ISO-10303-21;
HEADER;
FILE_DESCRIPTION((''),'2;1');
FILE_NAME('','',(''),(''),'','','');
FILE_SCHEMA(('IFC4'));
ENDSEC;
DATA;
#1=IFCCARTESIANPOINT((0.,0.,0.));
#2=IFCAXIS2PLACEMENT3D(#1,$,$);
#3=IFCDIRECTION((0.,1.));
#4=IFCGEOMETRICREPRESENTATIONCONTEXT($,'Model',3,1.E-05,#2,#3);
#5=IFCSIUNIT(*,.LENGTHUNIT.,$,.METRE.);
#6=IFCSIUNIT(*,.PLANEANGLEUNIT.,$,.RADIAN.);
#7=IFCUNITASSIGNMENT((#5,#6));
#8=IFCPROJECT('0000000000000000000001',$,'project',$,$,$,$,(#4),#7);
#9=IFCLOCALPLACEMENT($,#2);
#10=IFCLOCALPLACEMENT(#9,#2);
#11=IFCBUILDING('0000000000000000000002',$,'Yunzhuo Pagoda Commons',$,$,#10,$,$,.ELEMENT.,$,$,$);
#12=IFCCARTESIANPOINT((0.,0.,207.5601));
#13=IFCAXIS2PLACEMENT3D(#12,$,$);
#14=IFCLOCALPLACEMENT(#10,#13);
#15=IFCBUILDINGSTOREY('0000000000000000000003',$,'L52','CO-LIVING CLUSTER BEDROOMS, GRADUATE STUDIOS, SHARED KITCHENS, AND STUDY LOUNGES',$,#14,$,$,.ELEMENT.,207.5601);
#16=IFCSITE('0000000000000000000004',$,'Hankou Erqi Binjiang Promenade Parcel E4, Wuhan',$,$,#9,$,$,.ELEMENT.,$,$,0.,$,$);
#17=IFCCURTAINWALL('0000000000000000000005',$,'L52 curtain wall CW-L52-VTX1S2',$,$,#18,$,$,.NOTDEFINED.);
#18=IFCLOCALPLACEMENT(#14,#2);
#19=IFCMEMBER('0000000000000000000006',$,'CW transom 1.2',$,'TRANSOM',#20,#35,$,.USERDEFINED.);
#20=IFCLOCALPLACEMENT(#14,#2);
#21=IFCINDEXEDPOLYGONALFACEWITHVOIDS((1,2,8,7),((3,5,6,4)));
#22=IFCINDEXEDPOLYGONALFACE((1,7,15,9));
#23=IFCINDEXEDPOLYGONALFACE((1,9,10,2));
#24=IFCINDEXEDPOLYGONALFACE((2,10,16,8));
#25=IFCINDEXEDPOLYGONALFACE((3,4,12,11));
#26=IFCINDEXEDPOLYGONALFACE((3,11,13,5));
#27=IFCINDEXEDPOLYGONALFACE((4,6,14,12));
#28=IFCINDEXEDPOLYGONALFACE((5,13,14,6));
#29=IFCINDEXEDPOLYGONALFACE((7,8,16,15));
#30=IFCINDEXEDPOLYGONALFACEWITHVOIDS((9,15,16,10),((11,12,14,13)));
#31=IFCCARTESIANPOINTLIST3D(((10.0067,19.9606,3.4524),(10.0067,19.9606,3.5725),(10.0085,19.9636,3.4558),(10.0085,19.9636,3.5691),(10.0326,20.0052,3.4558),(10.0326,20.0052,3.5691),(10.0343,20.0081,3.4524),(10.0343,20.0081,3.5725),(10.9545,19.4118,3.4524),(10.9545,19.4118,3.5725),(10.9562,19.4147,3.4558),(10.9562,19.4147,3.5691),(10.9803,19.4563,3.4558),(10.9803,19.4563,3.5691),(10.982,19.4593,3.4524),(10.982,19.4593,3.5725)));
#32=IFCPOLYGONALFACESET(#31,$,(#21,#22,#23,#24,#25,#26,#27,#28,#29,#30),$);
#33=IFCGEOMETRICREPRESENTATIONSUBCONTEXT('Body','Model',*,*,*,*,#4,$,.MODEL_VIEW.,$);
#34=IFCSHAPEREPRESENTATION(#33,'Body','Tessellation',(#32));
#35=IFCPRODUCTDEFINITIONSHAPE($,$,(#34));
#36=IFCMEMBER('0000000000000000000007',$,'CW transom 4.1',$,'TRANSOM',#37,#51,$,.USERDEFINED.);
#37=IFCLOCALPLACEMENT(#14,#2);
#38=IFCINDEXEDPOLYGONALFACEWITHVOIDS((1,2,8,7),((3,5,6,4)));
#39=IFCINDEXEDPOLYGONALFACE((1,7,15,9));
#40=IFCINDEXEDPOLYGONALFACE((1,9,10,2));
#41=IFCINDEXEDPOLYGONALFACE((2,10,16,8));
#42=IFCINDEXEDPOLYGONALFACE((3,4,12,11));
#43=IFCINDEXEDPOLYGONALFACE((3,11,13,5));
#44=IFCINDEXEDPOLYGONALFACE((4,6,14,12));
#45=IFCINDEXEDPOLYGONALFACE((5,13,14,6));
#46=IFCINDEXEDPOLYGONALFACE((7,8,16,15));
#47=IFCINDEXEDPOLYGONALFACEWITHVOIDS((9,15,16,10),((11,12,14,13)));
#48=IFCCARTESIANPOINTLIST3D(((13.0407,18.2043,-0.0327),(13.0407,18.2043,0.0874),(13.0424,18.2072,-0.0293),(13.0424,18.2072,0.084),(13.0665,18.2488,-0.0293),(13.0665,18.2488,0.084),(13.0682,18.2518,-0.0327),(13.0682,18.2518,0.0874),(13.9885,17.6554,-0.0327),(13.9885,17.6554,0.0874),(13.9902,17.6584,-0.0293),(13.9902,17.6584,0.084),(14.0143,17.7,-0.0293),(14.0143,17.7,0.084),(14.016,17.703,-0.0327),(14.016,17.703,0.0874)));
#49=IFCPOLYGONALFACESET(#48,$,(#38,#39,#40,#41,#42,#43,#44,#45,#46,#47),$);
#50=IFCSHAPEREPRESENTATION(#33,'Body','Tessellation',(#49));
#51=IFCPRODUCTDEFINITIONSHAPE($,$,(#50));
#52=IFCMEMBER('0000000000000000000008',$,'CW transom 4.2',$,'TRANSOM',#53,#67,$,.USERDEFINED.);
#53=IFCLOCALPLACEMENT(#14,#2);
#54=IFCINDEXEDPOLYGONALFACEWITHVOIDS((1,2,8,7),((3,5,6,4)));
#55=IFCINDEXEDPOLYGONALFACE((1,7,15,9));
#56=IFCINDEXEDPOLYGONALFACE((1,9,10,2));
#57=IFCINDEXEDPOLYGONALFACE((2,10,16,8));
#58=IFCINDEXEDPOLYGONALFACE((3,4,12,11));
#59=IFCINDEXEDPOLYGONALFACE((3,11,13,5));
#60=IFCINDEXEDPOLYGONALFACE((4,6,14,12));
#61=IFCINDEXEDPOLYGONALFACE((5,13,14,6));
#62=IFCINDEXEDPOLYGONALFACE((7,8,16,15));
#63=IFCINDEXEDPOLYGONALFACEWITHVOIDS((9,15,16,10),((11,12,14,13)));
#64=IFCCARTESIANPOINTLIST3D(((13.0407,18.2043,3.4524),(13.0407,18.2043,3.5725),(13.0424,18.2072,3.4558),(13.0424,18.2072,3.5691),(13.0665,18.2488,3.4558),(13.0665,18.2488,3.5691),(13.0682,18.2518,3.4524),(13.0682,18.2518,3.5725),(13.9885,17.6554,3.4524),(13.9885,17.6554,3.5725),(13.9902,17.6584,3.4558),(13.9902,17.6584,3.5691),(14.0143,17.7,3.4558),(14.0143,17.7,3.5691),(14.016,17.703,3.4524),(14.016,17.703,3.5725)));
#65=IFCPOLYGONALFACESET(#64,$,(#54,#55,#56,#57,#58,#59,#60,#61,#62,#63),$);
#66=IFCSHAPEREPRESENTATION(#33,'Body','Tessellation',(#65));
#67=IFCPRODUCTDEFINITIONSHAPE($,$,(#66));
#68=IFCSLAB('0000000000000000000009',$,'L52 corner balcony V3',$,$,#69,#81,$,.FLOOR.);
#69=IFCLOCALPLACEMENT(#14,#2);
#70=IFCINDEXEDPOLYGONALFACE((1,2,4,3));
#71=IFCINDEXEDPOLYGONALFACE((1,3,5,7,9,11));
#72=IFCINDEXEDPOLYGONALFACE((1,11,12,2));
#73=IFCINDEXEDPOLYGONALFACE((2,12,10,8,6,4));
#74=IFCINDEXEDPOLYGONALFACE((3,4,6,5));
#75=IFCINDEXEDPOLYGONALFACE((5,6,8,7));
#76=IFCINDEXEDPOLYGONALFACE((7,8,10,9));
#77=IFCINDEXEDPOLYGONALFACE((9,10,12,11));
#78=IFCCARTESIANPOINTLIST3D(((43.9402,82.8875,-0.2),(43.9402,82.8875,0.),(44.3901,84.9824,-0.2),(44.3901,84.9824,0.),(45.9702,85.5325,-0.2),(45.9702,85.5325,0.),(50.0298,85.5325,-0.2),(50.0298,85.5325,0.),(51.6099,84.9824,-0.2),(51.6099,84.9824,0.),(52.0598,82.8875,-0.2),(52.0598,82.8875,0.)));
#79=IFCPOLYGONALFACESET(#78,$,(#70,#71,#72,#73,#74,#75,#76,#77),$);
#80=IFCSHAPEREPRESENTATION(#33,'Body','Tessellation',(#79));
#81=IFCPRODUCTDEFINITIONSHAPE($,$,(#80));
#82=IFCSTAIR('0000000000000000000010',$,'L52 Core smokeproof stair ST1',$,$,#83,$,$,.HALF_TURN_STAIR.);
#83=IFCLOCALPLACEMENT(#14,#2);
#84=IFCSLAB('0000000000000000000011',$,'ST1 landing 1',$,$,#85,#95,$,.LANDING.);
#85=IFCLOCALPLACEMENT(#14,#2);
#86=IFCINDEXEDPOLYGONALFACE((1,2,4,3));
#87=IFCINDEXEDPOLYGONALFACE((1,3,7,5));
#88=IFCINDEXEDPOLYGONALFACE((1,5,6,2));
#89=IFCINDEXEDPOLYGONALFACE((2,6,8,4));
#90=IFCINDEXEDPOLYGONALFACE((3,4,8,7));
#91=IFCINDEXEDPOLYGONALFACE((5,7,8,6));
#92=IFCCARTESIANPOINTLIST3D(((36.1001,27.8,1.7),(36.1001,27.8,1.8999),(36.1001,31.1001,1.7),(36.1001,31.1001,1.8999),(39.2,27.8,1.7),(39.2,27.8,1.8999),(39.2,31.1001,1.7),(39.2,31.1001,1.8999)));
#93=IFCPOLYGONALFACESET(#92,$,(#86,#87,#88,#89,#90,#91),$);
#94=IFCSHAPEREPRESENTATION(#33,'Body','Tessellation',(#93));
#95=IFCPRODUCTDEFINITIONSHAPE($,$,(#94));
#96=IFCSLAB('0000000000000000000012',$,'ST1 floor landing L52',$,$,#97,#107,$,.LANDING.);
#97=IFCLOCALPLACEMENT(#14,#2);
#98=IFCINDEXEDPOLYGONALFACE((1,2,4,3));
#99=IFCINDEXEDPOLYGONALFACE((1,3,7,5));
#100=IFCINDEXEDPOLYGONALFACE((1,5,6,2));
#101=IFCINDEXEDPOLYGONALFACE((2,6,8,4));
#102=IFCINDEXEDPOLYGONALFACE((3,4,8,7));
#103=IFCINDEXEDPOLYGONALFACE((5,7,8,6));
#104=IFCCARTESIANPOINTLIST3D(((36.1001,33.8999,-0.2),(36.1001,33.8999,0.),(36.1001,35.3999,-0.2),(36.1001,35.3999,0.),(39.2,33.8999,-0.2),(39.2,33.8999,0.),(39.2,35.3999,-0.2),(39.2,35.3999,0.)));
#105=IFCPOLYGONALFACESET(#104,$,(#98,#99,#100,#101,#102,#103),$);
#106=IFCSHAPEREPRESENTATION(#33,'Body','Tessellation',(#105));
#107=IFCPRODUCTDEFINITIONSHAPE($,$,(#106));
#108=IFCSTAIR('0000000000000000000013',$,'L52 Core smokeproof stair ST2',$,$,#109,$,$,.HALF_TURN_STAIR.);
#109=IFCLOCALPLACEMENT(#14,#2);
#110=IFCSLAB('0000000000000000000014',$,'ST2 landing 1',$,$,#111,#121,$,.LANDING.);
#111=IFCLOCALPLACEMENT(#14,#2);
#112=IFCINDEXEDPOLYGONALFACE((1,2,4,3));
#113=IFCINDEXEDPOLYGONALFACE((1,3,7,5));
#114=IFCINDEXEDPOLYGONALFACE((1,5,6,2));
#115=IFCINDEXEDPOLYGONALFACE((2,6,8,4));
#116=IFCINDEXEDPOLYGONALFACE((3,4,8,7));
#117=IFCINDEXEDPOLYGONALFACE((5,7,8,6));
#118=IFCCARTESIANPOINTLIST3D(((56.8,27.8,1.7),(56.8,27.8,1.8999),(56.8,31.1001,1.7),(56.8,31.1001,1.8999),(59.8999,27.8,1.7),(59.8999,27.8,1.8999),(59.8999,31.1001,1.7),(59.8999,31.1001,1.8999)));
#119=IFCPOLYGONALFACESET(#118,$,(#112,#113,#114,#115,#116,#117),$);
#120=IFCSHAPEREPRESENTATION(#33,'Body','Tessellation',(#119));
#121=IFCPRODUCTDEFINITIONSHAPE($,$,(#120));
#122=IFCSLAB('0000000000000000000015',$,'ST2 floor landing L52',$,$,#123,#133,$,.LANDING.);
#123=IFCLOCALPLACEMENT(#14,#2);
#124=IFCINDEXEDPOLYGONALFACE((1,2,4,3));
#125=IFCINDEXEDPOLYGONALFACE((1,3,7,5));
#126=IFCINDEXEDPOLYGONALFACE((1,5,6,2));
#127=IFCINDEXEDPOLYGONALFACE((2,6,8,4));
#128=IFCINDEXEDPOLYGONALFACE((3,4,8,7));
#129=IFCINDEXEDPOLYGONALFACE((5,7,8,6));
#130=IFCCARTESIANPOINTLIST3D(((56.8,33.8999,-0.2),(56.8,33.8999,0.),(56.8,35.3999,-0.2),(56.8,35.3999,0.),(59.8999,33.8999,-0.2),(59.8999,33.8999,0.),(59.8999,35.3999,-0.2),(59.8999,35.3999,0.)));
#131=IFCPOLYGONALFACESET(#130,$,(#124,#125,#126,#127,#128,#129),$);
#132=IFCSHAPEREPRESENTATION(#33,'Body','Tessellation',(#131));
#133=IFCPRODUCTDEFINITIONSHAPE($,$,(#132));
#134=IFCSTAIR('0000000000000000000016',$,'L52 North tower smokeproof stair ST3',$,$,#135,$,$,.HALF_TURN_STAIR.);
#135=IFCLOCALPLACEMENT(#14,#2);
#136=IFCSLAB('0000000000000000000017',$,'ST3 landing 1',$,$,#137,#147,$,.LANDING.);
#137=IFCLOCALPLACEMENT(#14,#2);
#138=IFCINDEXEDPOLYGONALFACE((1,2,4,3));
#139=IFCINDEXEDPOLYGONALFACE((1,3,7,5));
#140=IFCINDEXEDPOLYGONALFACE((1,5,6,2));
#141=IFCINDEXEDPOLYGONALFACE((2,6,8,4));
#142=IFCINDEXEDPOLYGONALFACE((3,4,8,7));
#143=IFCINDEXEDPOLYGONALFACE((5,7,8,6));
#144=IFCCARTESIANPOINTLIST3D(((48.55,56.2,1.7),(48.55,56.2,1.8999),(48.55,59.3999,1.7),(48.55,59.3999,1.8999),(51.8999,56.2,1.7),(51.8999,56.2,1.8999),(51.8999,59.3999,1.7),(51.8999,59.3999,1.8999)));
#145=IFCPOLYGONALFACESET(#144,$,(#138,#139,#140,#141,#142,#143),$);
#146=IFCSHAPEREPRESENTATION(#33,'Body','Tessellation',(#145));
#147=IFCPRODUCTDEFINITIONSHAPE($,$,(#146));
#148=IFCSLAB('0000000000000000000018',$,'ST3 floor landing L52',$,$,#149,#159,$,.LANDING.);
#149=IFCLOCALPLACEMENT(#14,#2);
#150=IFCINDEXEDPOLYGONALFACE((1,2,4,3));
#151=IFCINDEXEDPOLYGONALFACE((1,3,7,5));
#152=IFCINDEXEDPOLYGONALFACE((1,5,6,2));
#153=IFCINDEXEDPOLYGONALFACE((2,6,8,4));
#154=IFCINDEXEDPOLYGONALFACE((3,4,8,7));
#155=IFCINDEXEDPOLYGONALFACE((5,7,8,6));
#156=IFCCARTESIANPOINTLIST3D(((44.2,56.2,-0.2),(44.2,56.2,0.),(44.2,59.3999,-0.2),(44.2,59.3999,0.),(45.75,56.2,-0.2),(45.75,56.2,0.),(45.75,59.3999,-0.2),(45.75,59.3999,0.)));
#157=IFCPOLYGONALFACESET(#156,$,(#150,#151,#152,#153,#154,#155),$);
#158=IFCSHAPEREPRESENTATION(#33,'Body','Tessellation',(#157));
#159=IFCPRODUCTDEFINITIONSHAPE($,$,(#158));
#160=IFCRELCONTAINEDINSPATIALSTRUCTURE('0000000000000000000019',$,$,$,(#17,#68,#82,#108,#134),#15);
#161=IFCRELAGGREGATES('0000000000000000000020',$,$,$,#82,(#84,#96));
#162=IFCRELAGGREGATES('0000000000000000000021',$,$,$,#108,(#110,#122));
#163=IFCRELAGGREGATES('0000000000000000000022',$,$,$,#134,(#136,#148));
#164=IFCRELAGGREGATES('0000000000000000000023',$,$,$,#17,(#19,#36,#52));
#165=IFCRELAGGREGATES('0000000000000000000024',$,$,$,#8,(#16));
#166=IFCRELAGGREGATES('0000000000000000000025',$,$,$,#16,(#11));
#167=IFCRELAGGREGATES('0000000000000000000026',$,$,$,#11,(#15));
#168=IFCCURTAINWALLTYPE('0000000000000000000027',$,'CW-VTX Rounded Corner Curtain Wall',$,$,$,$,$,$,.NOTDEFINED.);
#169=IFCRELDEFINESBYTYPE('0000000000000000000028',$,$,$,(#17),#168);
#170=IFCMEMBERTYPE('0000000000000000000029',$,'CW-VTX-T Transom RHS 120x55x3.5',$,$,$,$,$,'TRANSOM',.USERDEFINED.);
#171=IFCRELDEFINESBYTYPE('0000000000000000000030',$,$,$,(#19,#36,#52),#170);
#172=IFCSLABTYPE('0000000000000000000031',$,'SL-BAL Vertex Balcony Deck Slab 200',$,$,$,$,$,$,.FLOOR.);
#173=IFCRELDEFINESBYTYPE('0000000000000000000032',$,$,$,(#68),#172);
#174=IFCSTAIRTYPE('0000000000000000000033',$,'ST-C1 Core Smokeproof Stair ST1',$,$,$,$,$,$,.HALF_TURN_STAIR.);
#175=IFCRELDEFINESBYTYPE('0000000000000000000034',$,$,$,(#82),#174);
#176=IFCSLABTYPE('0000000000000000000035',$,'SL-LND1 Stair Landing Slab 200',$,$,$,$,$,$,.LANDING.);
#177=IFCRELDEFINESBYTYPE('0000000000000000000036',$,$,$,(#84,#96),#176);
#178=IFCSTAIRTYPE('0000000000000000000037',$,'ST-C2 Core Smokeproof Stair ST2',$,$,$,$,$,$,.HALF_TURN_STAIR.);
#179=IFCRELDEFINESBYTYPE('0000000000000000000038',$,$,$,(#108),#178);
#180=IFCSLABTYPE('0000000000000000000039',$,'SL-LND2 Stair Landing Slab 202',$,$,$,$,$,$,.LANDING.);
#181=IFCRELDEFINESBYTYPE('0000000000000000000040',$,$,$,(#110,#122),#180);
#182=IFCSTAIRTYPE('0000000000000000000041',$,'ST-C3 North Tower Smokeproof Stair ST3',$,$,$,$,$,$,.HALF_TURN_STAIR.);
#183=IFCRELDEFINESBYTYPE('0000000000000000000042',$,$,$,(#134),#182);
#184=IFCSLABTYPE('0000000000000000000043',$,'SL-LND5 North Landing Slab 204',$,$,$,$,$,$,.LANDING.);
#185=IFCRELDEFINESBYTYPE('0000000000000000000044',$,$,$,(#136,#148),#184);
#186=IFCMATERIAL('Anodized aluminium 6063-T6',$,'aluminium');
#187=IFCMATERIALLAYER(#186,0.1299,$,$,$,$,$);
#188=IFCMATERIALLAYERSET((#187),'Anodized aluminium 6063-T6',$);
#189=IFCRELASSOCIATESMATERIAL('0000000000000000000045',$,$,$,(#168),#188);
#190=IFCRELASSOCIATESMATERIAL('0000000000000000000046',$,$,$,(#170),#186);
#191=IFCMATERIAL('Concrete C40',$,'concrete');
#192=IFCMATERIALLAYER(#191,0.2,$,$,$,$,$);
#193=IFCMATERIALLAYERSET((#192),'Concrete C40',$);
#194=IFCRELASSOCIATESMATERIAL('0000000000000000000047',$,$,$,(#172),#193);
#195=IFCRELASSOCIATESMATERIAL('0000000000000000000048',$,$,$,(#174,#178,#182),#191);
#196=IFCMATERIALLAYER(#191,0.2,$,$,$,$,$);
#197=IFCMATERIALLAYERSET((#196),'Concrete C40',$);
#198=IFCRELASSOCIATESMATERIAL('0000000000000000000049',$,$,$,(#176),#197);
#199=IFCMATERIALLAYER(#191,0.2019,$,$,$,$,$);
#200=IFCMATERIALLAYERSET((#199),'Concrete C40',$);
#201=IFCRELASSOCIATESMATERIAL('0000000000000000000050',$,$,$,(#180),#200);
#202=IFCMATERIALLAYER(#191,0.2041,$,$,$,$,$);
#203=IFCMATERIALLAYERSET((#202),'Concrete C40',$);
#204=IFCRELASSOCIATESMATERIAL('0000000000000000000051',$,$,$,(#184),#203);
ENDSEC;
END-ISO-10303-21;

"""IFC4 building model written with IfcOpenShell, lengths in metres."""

from ifc_helpers import new_model, si_unit, direction, frame, origin, origin_2d, place, context, subcontext, project, spatial, polyline, hollow_rectangle, outline, extrude, source, transform, mapped, material, layer, layer_set, material_profile, profile_set, type_object, element, aggregate, save


model = new_model("IFC4")

# Units and contexts
model_context = context("Model", 3, precision=1e-05, world=origin(), true_north=direction((0.0, 1.0)))
body_context = subcontext(model_context, "Body", "Model", "MODEL_VIEW")
ifc_project = project(units=[si_unit("LENGTHUNIT", "METRE"), si_unit("PLANEANGLEUNIT", "RADIAN")], contexts=[model_context])

# Site, building, storey
site_placement = place(None, origin())
site = spatial("IfcSite", under=ifc_project, at=site_placement, Name="Hankou Erqi Binjiang Promenade Parcel E4, Wuhan", CompositionType="ELEMENT", RefElevation=0.0)
building_placement = place(site_placement, origin())
building = spatial("IfcBuilding", under=site, at=building_placement, Name="Yunzhuo Pagoda Commons", CompositionType="ELEMENT")
storey_placement = place(building_placement, frame((0.0, 0.0, 207.5601)))
storey = spatial("IfcBuildingStorey", under=building, at=storey_placement, Name="L52", Description="CO-LIVING CLUSTER BEDROOMS, GRADUATE STUDIOS, SHARED KITCHENS, AND STUDY LOUNGES", CompositionType="ELEMENT", Elevation=207.5601)

# Curtain wall
ifc_material_1 = material(Name="Anodized aluminium 6063-T6", Category="aluminium")
ifc_layer_1 = layer(ifc_material_1, 0.1299)
ifc_layer_set_1 = layer_set([ifc_layer_1], Name="Anodized aluminium 6063-T6")
curtain_wall_type_1 = type_object("IfcCurtainWallType", Name="CW-VTX Rounded Corner Curtain Wall", PredefinedType="NOTDEFINED", material=ifc_layer_set_1)
curtain_wall_1_placement = place(storey_placement, origin())
curtain_wall_1 = element("IfcCurtainWall", 1, at=curtain_wall_1_placement, inside=storey, type_object=curtain_wall_type_1, Name="L52 curtain wall CW-L52-VTX1S2", PredefinedType="NOTDEFINED")

# Members
ifc_material_profile_1 = material_profile(ifc_material_1, hollow_rectangle(XDim=0.0549, YDim=0.1201, WallThickness=0.0034, at=origin_2d()), Name="Anodized aluminium 6063-T6")
ifc_profile_set_1 = profile_set([ifc_material_profile_1], Name="Anodized aluminium 6063-T6")
member_type_1 = type_object("IfcMemberType", Name="CW-VTX-T Transom RHS 120x55x3.5", ElementType="TRANSOM", PredefinedType="USERDEFINED", material=ifc_profile_set_1)
shared_shape_1 = source(origin(), body_context, "Body", "SweptSolid", [
    extrude(hollow_rectangle(XDim=0.0549, YDim=0.1201, WallThickness=0.0034, at=origin_2d()), origin(), (0.0, 0.0, 1.0), 1.0952),
])
member_1_placement = place(storey_placement, frame((10.0205, 19.9844, 3.5125), z_axis=(0.865375, -0.501124, 0.0), x_axis=(0.501124, 0.865375, 0.0)))
member_1 = element("IfcMember", 2, at=member_1_placement, type_object=member_type_1, Name="CW transom 1.2", ObjectType="TRANSOM", PredefinedType="USERDEFINED", context=body_context, shape_type="MappedRepresentation", body=[
    mapped(shared_shape_1, transform((0.0, 0.0, 0.0), scale=1.0)),
])
member_2_placement = place(storey_placement, frame((13.0544, 18.228, 0.0273), z_axis=(0.865375, -0.501124, 0.0), x_axis=(0.501124, 0.865375, 0.0)))
member_2 = element("IfcMember", 3, at=member_2_placement, type_object=member_type_1, Name="CW transom 4.1", ObjectType="TRANSOM", PredefinedType="USERDEFINED", context=body_context, shape_type="MappedRepresentation", body=[
    mapped(shared_shape_1, transform((0.0, 0.0, 0.0), scale=1.0)),
])
member_3_placement = place(storey_placement, frame((13.0544, 18.228, 3.5125), z_axis=(0.865375, -0.501124, 0.0), x_axis=(0.501124, 0.865375, 0.0)))
member_3 = element("IfcMember", 4, at=member_3_placement, type_object=member_type_1, Name="CW transom 4.2", ObjectType="TRANSOM", PredefinedType="USERDEFINED", context=body_context, shape_type="MappedRepresentation", body=[
    mapped(shared_shape_1, transform((0.0, 0.0, 0.0), scale=1.0)),
])

# Slab
ifc_material_2 = material(Name="Concrete C40", Category="concrete")
ifc_layer_2 = layer(ifc_material_2, 0.2)
ifc_layer_set_2 = layer_set([ifc_layer_2], Name="Concrete C40")
slab_type_1 = type_object("IfcSlabType", Name="SL-BAL Vertex Balcony Deck Slab 200", PredefinedType="FLOOR", material=ifc_layer_set_2)
slab_1_placement = place(storey_placement, frame((0.0, 0.0, -0.2)))
element("IfcSlab", 5, at=slab_1_placement, inside=storey, type_object=slab_type_1, Name="L52 corner balcony V3", PredefinedType="FLOOR", context=body_context, shape_type="SweptSolid", body=[
    extrude(outline(polyline([(52.0598, 82.8875), (43.9402, 82.8875), (44.3901, 84.9824), (45.9702, 85.5325), (50.0298, 85.5325), (51.6099, 84.9824), (52.0598, 82.8875)])), origin(), (0.0, 0.0, 1.0), 0.2),
])

# Stairs, slabs
stair_type_1 = type_object("IfcStairType", Name="ST-C1 Core Smokeproof Stair ST1", PredefinedType="HALF_TURN_STAIR", material=ifc_material_2)
stair_1_placement = place(storey_placement, origin())
stair_1 = element("IfcStair", 6, at=stair_1_placement, inside=storey, type_object=stair_type_1, Name="L52 Core smokeproof stair ST1", PredefinedType="HALF_TURN_STAIR")
ifc_layer_3 = layer(ifc_material_2, 0.2)
ifc_layer_set_3 = layer_set([ifc_layer_3], Name="Concrete C40")
slab_type_2 = type_object("IfcSlabType", Name="SL-LND1 Stair Landing Slab 200", PredefinedType="LANDING", material=ifc_layer_set_3)
slab_2_placement = place(storey_placement, frame((0.0, 0.0, 1.7)))
slab_2 = element("IfcSlab", 7, at=slab_2_placement, type_object=slab_type_2, Name="ST1 landing 1", PredefinedType="LANDING", context=body_context, shape_type="SweptSolid", body=[
    extrude(outline(polyline([(36.1001, 31.1001), (36.1001, 27.8), (39.2, 27.8), (39.2, 31.1001), (36.1001, 31.1001)])), origin(), (0.0, 0.0, 1.0), 0.2),
])
slab_3_placement = place(storey_placement, frame((0.0, 0.0, -0.2)))
slab_3 = element("IfcSlab", 8, at=slab_3_placement, type_object=slab_type_2, Name="ST1 floor landing L52", PredefinedType="LANDING", context=body_context, shape_type="SweptSolid", body=[
    extrude(outline(polyline([(36.1001, 35.3999), (36.1001, 33.8999), (39.2, 33.8999), (39.2, 35.3999), (36.1001, 35.3999)])), origin(), (0.0, 0.0, 1.0), 0.2),
])
aggregate(stair_1, [slab_2, slab_3])
stair_type_2 = type_object("IfcStairType", Name="ST-C2 Core Smokeproof Stair ST2", PredefinedType="HALF_TURN_STAIR", material=ifc_material_2)
stair_2_placement = place(storey_placement, origin())
stair_2 = element("IfcStair", 9, at=stair_2_placement, inside=storey, type_object=stair_type_2, Name="L52 Core smokeproof stair ST2", PredefinedType="HALF_TURN_STAIR")
ifc_layer_4 = layer(ifc_material_2, 0.2019)
ifc_layer_set_4 = layer_set([ifc_layer_4], Name="Concrete C40")
slab_type_3 = type_object("IfcSlabType", Name="SL-LND2 Stair Landing Slab 202", PredefinedType="LANDING", material=ifc_layer_set_4)
slab_4_placement = place(storey_placement, frame((0.0, 0.0, 1.7)))
slab_4 = element("IfcSlab", 10, at=slab_4_placement, type_object=slab_type_3, Name="ST2 landing 1", PredefinedType="LANDING", context=body_context, shape_type="SweptSolid", body=[
    extrude(outline(polyline([(56.8, 31.1001), (56.8, 27.8), (59.8999, 27.8), (59.8999, 31.1001), (56.8, 31.1001)])), origin(), (0.0, 0.0, 1.0), 0.2),
])
slab_5_placement = place(storey_placement, frame((0.0, 0.0, -0.2)))
slab_5 = element("IfcSlab", 11, at=slab_5_placement, type_object=slab_type_3, Name="ST2 floor landing L52", PredefinedType="LANDING", context=body_context, shape_type="SweptSolid", body=[
    extrude(outline(polyline([(56.8, 35.3999), (56.8, 33.8999), (59.8999, 33.8999), (59.8999, 35.3999), (56.8, 35.3999)])), origin(), (0.0, 0.0, 1.0), 0.2),
])
aggregate(stair_2, [slab_4, slab_5])
stair_type_3 = type_object("IfcStairType", Name="ST-C3 North Tower Smokeproof Stair ST3", PredefinedType="HALF_TURN_STAIR", material=ifc_material_2)
stair_3_placement = place(storey_placement, origin())
stair_3 = element("IfcStair", 12, at=stair_3_placement, inside=storey, type_object=stair_type_3, Name="L52 North tower smokeproof stair ST3", PredefinedType="HALF_TURN_STAIR")
ifc_layer_5 = layer(ifc_material_2, 0.2041)
ifc_layer_set_5 = layer_set([ifc_layer_5], Name="Concrete C40")
slab_type_4 = type_object("IfcSlabType", Name="SL-LND5 North Landing Slab 204", PredefinedType="LANDING", material=ifc_layer_set_5)
slab_6_placement = place(storey_placement, frame((0.0, 0.0, 1.7)))
slab_6 = element("IfcSlab", 13, at=slab_6_placement, type_object=slab_type_4, Name="ST3 landing 1", PredefinedType="LANDING", context=body_context, shape_type="SweptSolid", body=[
    extrude(outline(polyline([(48.55, 56.2), (51.8999, 56.2), (51.8999, 59.3999), (48.55, 59.3999), (48.55, 56.2)])), origin(), (0.0, 0.0, 1.0), 0.2),
])
slab_7_placement = place(storey_placement, frame((0.0, 0.0, -0.2)))
slab_7 = element("IfcSlab", 14, at=slab_7_placement, type_object=slab_type_4, Name="ST3 floor landing L52", PredefinedType="LANDING", context=body_context, shape_type="SweptSolid", body=[
    extrude(outline(polyline([(44.2, 56.2), (45.75, 56.2), (45.75, 59.3999), (44.2, 59.3999), (44.2, 56.2)])), origin(), (0.0, 0.0, 1.0), 0.2),
])
aggregate(stair_3, [slab_6, slab_7])

aggregate(curtain_wall_1, [member_1, member_2, member_3])

save(model, "model.ifc")
